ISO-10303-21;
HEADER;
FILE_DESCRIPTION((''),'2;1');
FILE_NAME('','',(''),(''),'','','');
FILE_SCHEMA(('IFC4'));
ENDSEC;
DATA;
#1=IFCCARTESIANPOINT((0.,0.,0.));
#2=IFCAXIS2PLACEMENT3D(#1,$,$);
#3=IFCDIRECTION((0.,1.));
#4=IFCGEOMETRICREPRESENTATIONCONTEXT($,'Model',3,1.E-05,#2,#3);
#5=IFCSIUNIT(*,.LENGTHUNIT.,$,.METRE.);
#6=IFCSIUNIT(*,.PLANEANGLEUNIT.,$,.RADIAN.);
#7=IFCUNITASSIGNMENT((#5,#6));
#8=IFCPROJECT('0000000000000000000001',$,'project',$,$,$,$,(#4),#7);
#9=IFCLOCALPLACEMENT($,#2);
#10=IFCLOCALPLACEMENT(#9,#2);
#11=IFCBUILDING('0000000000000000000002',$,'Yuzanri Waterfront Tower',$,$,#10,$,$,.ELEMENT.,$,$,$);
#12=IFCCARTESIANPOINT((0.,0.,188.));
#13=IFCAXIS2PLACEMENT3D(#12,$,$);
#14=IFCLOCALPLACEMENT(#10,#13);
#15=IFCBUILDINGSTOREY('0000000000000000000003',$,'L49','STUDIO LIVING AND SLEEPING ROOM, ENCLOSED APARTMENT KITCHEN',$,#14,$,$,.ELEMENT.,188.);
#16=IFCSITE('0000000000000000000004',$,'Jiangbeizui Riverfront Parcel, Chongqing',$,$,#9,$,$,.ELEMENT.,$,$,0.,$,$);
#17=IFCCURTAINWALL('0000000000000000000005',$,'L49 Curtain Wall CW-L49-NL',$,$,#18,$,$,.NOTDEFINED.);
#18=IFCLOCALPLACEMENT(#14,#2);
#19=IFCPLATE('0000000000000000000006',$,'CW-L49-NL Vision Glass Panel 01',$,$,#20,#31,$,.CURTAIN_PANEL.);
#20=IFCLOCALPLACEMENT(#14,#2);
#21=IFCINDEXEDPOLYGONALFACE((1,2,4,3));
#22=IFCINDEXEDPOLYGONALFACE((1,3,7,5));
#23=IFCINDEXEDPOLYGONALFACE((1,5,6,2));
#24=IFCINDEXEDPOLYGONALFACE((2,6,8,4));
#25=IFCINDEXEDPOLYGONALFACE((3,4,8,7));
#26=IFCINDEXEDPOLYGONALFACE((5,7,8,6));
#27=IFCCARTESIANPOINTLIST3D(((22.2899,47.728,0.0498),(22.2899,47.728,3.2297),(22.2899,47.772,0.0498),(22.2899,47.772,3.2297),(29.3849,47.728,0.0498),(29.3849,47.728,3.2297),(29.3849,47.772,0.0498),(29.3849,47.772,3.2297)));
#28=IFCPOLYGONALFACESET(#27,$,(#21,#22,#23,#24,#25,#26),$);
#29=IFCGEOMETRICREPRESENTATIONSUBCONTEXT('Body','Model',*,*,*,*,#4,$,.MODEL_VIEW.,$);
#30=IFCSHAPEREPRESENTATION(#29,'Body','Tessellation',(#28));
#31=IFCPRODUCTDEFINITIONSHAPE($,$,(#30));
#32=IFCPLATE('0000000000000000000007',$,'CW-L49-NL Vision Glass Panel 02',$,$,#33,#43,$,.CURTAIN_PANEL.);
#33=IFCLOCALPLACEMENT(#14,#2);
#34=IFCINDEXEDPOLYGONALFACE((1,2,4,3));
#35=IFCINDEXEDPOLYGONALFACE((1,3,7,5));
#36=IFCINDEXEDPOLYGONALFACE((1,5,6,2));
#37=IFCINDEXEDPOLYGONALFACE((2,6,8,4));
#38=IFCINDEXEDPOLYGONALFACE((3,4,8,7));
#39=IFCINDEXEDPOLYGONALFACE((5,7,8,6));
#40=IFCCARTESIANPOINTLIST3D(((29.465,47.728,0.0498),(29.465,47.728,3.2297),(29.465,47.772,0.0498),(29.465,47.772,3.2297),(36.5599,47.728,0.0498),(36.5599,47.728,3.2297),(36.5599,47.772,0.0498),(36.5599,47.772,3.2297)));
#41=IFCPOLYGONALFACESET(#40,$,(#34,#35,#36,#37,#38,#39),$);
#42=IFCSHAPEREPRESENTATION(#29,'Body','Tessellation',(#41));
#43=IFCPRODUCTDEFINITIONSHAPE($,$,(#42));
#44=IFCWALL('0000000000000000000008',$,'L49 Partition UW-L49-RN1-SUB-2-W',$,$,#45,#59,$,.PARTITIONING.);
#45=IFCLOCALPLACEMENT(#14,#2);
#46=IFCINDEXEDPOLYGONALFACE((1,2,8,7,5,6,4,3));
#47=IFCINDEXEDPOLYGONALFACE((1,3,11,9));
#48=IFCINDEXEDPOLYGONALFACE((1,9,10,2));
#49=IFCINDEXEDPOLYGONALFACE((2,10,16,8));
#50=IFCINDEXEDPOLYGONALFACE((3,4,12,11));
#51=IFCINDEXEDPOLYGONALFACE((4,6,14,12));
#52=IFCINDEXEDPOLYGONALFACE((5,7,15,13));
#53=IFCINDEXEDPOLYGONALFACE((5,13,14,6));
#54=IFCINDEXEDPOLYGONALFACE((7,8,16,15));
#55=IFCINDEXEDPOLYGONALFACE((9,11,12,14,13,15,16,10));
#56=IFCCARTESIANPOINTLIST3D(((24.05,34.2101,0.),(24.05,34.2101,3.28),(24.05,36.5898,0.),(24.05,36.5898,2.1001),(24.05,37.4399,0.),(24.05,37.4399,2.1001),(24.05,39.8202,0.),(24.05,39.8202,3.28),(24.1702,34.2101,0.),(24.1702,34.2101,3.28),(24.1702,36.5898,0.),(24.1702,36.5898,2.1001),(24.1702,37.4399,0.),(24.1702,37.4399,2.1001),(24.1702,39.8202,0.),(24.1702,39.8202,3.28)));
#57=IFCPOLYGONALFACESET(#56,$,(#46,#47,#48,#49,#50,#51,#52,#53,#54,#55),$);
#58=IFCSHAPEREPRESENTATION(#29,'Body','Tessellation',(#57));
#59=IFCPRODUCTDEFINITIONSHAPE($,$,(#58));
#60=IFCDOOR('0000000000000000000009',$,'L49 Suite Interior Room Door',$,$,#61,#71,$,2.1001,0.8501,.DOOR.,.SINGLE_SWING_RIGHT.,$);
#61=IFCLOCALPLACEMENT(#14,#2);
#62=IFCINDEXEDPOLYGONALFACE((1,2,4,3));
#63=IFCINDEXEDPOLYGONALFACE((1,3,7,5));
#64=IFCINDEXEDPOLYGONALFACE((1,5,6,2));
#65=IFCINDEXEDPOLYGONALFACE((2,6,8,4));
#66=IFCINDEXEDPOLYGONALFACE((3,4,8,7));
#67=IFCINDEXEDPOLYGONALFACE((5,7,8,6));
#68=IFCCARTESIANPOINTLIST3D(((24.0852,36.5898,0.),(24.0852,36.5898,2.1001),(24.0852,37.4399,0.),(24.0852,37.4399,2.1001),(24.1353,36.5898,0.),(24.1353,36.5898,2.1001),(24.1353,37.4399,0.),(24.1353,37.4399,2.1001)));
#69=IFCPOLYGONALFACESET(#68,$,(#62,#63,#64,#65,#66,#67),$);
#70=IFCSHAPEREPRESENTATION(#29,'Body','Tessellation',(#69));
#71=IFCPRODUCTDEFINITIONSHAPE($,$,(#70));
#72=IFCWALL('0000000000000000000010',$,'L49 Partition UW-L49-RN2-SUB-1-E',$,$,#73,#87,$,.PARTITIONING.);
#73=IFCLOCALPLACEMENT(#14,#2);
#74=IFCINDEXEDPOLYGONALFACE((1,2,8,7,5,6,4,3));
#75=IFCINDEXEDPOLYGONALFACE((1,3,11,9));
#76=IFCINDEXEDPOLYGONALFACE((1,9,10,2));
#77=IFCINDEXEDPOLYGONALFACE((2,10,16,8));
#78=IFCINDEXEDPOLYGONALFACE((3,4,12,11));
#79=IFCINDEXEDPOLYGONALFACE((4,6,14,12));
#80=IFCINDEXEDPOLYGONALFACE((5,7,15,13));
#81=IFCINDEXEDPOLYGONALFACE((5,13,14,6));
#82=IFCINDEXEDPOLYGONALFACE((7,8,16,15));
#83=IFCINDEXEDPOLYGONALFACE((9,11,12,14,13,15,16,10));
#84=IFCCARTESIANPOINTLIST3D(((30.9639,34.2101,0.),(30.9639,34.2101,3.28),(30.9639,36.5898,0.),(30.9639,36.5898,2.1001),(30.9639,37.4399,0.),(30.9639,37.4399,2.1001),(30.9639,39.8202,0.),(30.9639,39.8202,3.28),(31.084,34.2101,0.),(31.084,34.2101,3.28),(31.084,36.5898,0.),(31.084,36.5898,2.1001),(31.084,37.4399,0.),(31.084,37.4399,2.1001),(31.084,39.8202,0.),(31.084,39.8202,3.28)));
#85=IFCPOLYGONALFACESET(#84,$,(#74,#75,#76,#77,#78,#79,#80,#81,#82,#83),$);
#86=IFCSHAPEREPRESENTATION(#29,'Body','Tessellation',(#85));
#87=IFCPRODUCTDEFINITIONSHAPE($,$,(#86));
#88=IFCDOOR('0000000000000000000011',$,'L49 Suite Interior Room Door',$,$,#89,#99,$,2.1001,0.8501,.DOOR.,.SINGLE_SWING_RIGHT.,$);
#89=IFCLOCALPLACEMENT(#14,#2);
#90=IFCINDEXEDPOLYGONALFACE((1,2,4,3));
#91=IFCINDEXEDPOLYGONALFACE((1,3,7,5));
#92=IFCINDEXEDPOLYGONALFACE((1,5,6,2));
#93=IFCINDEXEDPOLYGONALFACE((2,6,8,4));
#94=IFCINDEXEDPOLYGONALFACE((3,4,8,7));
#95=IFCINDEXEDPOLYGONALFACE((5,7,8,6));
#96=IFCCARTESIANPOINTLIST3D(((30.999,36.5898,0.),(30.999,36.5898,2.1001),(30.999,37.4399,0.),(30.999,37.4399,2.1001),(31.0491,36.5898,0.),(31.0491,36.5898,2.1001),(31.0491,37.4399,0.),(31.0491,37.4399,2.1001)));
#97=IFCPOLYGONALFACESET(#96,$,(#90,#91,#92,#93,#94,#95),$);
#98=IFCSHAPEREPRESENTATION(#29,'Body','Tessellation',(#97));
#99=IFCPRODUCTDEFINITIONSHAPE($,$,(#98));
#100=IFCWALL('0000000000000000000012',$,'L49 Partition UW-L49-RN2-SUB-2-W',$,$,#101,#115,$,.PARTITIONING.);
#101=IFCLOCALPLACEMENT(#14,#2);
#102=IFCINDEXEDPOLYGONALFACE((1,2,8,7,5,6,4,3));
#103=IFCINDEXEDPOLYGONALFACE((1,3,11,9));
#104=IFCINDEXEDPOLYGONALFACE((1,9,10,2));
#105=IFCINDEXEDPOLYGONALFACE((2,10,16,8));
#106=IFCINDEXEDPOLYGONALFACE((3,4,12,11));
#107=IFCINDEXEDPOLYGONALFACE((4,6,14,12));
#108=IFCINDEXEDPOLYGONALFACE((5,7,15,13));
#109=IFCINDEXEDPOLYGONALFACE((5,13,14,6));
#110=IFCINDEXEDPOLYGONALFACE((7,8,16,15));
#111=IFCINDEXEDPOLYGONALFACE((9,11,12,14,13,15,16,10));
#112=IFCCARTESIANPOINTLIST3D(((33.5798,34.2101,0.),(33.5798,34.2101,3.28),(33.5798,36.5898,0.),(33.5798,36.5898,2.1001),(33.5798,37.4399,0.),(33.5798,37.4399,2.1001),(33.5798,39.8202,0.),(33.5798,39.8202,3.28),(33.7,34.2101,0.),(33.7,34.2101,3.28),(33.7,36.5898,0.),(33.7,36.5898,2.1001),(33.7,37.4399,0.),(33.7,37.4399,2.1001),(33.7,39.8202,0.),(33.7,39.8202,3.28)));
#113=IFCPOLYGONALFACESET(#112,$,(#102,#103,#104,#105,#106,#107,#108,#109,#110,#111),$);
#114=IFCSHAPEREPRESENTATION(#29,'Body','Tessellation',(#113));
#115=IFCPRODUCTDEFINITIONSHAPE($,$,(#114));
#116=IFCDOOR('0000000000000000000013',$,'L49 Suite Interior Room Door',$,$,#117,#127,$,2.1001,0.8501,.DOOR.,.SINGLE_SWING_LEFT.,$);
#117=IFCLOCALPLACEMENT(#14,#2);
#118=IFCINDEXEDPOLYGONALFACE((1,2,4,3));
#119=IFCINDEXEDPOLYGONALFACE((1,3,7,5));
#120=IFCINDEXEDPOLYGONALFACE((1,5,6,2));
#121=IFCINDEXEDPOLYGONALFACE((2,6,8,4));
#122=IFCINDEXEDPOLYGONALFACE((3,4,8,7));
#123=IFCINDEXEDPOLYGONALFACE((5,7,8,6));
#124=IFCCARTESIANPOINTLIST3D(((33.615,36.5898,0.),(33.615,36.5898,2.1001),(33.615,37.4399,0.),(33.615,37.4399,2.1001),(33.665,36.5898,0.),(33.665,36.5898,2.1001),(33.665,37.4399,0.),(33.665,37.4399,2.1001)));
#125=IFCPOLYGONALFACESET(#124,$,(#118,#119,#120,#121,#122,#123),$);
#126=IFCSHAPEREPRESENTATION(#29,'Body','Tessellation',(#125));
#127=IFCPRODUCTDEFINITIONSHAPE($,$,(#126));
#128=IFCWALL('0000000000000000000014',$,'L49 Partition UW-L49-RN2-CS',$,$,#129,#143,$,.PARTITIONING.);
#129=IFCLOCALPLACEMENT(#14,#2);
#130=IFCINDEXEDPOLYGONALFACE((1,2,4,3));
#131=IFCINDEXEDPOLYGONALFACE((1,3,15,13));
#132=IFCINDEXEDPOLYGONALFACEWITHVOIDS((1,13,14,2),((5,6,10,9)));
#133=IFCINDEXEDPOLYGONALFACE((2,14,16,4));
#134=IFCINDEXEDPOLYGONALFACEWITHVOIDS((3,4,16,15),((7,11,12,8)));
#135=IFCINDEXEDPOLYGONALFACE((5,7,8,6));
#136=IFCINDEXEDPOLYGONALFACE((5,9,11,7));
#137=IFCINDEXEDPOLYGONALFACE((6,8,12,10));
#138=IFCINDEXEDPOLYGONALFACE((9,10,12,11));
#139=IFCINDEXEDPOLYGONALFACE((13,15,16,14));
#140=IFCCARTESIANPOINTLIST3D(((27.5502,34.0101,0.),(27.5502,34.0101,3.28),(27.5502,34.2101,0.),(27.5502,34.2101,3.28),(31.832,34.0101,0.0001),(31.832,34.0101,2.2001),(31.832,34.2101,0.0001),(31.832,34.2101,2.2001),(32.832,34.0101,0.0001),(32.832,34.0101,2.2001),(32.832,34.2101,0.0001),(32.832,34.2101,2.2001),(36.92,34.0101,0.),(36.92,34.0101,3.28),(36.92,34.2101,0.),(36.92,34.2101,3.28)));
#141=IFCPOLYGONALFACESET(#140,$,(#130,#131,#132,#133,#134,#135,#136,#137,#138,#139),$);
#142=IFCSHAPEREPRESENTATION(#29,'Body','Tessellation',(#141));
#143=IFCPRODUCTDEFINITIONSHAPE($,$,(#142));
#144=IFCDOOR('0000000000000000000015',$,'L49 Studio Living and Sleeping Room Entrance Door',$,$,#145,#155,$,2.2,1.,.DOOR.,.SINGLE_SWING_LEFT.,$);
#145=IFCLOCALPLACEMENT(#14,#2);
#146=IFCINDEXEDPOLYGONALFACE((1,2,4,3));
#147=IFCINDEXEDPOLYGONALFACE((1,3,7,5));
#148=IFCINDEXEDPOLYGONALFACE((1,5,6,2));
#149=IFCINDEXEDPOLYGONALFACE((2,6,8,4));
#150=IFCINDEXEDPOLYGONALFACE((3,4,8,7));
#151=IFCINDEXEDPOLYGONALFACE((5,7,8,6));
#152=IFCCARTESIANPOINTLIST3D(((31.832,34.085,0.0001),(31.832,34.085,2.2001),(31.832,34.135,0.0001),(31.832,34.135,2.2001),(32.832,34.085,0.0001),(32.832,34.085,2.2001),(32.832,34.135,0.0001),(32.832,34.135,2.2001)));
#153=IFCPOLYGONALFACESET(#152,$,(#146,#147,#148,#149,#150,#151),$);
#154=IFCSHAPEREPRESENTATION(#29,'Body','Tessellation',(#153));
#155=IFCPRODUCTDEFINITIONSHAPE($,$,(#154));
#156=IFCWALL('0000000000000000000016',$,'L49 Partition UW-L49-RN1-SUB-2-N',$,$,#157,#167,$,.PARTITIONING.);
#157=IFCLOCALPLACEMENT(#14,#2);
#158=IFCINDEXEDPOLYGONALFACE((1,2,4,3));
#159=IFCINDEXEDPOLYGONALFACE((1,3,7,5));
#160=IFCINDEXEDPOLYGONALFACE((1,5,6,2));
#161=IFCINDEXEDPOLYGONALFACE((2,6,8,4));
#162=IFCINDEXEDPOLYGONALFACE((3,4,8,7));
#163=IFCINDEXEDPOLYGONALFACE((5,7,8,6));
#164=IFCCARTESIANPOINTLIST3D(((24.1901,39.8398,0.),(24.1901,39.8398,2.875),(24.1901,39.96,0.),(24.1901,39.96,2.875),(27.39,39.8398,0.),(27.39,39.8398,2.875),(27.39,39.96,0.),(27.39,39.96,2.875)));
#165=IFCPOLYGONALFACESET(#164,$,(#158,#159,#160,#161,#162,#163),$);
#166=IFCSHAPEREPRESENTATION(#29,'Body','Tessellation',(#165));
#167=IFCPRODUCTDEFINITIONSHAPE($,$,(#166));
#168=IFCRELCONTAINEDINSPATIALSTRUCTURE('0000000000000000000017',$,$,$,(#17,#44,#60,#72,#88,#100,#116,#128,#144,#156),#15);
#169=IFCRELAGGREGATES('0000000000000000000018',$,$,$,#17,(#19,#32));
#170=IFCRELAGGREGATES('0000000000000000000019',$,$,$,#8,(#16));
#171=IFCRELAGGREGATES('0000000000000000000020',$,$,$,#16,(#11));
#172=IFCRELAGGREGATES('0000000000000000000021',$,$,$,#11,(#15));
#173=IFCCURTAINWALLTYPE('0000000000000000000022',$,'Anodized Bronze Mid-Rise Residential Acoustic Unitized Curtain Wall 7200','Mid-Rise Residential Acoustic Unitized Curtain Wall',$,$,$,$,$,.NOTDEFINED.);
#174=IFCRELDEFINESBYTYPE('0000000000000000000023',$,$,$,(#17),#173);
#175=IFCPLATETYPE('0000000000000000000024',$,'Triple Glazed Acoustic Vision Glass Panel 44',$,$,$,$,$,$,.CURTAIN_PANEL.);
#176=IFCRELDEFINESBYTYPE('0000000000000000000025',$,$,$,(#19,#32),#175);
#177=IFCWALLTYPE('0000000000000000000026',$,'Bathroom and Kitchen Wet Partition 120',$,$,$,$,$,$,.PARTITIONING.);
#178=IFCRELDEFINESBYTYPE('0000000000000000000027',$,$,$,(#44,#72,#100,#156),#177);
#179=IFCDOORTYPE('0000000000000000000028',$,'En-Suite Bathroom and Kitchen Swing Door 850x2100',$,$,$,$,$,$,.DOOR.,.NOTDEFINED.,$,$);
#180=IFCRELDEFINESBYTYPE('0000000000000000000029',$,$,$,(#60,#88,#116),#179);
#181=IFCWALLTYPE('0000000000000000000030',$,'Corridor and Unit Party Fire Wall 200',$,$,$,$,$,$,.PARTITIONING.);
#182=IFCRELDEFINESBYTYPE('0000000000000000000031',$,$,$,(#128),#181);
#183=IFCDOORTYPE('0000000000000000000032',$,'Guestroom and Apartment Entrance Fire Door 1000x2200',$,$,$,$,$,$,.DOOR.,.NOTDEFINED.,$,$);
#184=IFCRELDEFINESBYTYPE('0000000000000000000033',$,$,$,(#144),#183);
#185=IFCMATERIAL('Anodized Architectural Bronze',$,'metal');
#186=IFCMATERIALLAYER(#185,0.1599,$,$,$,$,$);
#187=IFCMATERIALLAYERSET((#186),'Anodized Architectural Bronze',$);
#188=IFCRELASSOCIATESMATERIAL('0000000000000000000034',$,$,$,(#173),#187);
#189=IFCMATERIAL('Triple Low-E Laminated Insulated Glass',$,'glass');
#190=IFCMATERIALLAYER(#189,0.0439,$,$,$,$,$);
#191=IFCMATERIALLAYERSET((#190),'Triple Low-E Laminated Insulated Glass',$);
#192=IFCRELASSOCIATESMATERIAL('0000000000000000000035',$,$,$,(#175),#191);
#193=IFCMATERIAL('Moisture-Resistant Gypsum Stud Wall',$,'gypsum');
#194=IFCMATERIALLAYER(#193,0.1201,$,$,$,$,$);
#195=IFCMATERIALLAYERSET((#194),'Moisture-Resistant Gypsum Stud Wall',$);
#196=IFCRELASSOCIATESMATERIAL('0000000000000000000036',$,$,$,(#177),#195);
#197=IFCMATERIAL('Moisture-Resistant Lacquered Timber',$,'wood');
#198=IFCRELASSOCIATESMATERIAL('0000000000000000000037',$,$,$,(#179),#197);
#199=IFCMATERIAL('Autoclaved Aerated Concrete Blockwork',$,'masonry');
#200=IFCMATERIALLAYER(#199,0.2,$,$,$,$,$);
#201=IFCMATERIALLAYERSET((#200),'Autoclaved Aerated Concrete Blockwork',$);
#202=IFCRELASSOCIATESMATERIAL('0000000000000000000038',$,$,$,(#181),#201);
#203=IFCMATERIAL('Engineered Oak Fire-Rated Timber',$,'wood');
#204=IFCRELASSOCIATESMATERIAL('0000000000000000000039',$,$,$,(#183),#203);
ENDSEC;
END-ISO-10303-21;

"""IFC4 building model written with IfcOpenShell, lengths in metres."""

from ifc_helpers import new_model, si_unit, direction, frame, frame_2d, origin, origin_2d, place, context, subcontext, project, spatial, rectangle, extrude, source, transform, mapped, material, layer, layer_set, type_object, element, fill, aggregate, save


model = new_model("IFC4")

# Units and contexts
model_context = context("Model", 3, precision=1e-05, world=origin(), true_north=direction((0.0, 1.0)))
body_context = subcontext(model_context, "Body", "Model", "MODEL_VIEW")
ifc_project = project(units=[si_unit("LENGTHUNIT", "METRE"), si_unit("PLANEANGLEUNIT", "RADIAN")], contexts=[model_context])

# Site, building, storey
site_placement = place(None, origin())
site = spatial("IfcSite", under=ifc_project, at=site_placement, Name="Jiangbeizui Riverfront Parcel, Chongqing", CompositionType="ELEMENT", RefElevation=0.0)
building_placement = place(site_placement, origin())
building = spatial("IfcBuilding", under=site, at=building_placement, Name="Yuzanri Waterfront Tower", CompositionType="ELEMENT")
storey_placement = place(building_placement, frame((0.0, 0.0, 188.0)))
storey = spatial("IfcBuildingStorey", under=building, at=storey_placement, Name="L49", Description="STUDIO LIVING AND SLEEPING ROOM, ENCLOSED APARTMENT KITCHEN", CompositionType="ELEMENT", Elevation=188.0)

# Curtain wall, plates
ifc_material_1 = material(Name="Anodized Architectural Bronze", Category="metal")
ifc_layer_1 = layer(ifc_material_1, 0.1599)
ifc_layer_set_1 = layer_set([ifc_layer_1], Name="Anodized Architectural Bronze")
curtain_wall_type = type_object("IfcCurtainWallType", Name="Anodized Bronze Mid-Rise Residential Acoustic Unitized Curtain Wall 7200", Description="Mid-Rise Residential Acoustic Unitized Curtain Wall", PredefinedType="NOTDEFINED", material=ifc_layer_set_1)
curtain_wall_placement = place(storey_placement, origin())
curtain_wall = element("IfcCurtainWall", 1, at=curtain_wall_placement, inside=storey, type_object=curtain_wall_type, Name="L49 Curtain Wall CW-L49-NL", PredefinedType="NOTDEFINED")
ifc_material_2 = material(Name="Triple Low-E Laminated Insulated Glass", Category="glass")
ifc_layer_2 = layer(ifc_material_2, 0.0439)
ifc_layer_set_2 = layer_set([ifc_layer_2], Name="Triple Low-E Laminated Insulated Glass")
plate_type = type_object("IfcPlateType", Name="Triple Glazed Acoustic Vision Glass Panel 44", PredefinedType="CURTAIN_PANEL", material=ifc_layer_set_2)
shared_shape_1 = source(origin(), body_context, "Body", "SweptSolid", [
    extrude(rectangle(XDim=7.095, YDim=0.0439, at=origin_2d()), origin(), (0.0, 0.0, 1.0), 3.1799),
])
plate_1_placement = place(storey_placement, frame((25.8374, 47.75, 0.0498), z_axis=(0.0, 0.0, 1.0), x_axis=(1.0, 0.0, 0.0)))
plate_1 = element("IfcPlate", 2, at=plate_1_placement, type_object=plate_type, Name="CW-L49-NL Vision Glass Panel 01", PredefinedType="CURTAIN_PANEL", context=body_context, shape_type="MappedRepresentation", body=[
    mapped(shared_shape_1, transform((0.0, 0.0, 0.0), scale=1.0)),
])
plate_2_placement = place(storey_placement, frame((33.0125, 47.75, 0.0498), z_axis=(0.0, 0.0, 1.0), x_axis=(1.0, 0.0, 0.0)))
plate_2 = element("IfcPlate", 3, at=plate_2_placement, type_object=plate_type, Name="CW-L49-NL Vision Glass Panel 02", PredefinedType="CURTAIN_PANEL", context=body_context, shape_type="MappedRepresentation", body=[
    mapped(shared_shape_1, transform((0.0, 0.0, 0.0), scale=1.0)),
])
aggregate(curtain_wall, [plate_1, plate_2])

# Walls, openings, doors
ifc_material_3 = material(Name="Moisture-Resistant Gypsum Stud Wall", Category="gypsum")
ifc_layer_3 = layer(ifc_material_3, 0.1201)
ifc_layer_set_3 = layer_set([ifc_layer_3], Name="Moisture-Resistant Gypsum Stud Wall")
wall_type_1 = type_object("IfcWallType", Name="Bathroom and Kitchen Wet Partition 120", PredefinedType="PARTITIONING", material=ifc_layer_set_3)
wall_1_placement = place(storey_placement, frame((24.1101, 34.21, 0.0), z_axis=(0.0, 0.0, 1.0), x_axis=(0.0, 1.0, 0.0)))
wall_1 = element("IfcWall", 4, at=wall_1_placement, inside=storey, type_object=wall_type_1, Name="L49 Partition UW-L49-RN1-SUB-2-W", PredefinedType="PARTITIONING", context=body_context, shape_type="SweptSolid", body=[
    extrude(rectangle(XDim=5.6101, YDim=0.1201, at=frame_2d((2.8052, 0.0))), origin(), (0.0, 0.0, 1.0), 3.28),
])
opening_1_placement = place(wall_1_placement, frame((2.3799, 0.0, 0.0)))
opening_1 = element("IfcOpeningElement", 5, at=opening_1_placement, cuts=wall_1, PredefinedType="OPENING", context=body_context, shape_type="SweptSolid", body=[
    extrude(rectangle(XDim=0.8501, YDim=2.1001, at=frame_2d((0.425, 1.05))), frame((0.0, 0.075, 0.0), z_axis=(0.0, -1.0, 0.0), x_axis=(1.0, 0.0, 0.0)), (0.0, 0.0, 1.0), 0.1499),
])
ifc_material_4 = material(Name="Moisture-Resistant Lacquered Timber", Category="wood")
door_type_1 = type_object("IfcDoorType", Name="En-Suite Bathroom and Kitchen Swing Door 850x2100", OperationType="NOTDEFINED", PredefinedType="DOOR", material=ifc_material_4)
shared_shape_2 = source(origin(), body_context, "Body", "SweptSolid", [
    extrude(rectangle(XDim=0.8501, YDim=2.1001, at=frame_2d((0.425, 1.05))), frame((0.0, 0.0249, 0.0), z_axis=(0.0, -1.0, 0.0), x_axis=(1.0, 0.0, 0.0)), (0.0, 0.0, 1.0), 0.05),
])
door_1_placement = place(opening_1_placement, origin())
door_1 = element("IfcDoor", 6, at=door_1_placement, inside=storey, type_object=door_type_1, Name="L49 Suite Interior Room Door", OperationType="SINGLE_SWING_RIGHT", OverallHeight=2.1001, OverallWidth=0.8501, PredefinedType="DOOR", context=body_context, shape_type="MappedRepresentation", body=[
    mapped(shared_shape_2, transform((0.0, 0.0, 0.0), scale=1.0)),
])
fill(opening_1, door_1)
wall_2_placement = place(storey_placement, frame((31.0239, 34.21, 0.0), z_axis=(0.0, 0.0, 1.0), x_axis=(0.0, 1.0, 0.0)))
wall_2 = element("IfcWall", 7, at=wall_2_placement, inside=storey, type_object=wall_type_1, Name="L49 Partition UW-L49-RN2-SUB-1-E", PredefinedType="PARTITIONING", context=body_context, shape_type="SweptSolid", body=[
    extrude(rectangle(XDim=5.6101, YDim=0.1201, at=frame_2d((2.8052, 0.0))), origin(), (0.0, 0.0, 1.0), 3.28),
])
opening_2_placement = place(wall_2_placement, frame((2.3799, 0.0, 0.0)))
opening_2 = element("IfcOpeningElement", 8, at=opening_2_placement, cuts=wall_2, PredefinedType="OPENING", context=body_context, shape_type="SweptSolid", body=[
    extrude(rectangle(XDim=0.8501, YDim=2.1001, at=frame_2d((0.425, 1.05))), frame((0.0, 0.075, 0.0), z_axis=(0.0, -1.0, 0.0), x_axis=(1.0, 0.0, 0.0)), (0.0, 0.0, 1.0), 0.1499),
])
door_2_placement = place(opening_2_placement, origin())
door_2 = element("IfcDoor", 9, at=door_2_placement, inside=storey, type_object=door_type_1, Name="L49 Suite Interior Room Door", OperationType="SINGLE_SWING_RIGHT", OverallHeight=2.1001, OverallWidth=0.8501, PredefinedType="DOOR", context=body_context, shape_type="MappedRepresentation", body=[
    mapped(shared_shape_2, transform((0.0, 0.0, 0.0), scale=1.0)),
])
fill(opening_2, door_2)
wall_3_placement = place(storey_placement, frame((33.6399, 34.21, 0.0), z_axis=(0.0, 0.0, 1.0), x_axis=(0.0, 1.0, 0.0)))
wall_3 = element("IfcWall", 10, at=wall_3_placement, inside=storey, type_object=wall_type_1, Name="L49 Partition UW-L49-RN2-SUB-2-W", PredefinedType="PARTITIONING", context=body_context, shape_type="SweptSolid", body=[
    extrude(rectangle(XDim=5.6101, YDim=0.1201, at=frame_2d((2.8052, 0.0))), origin(), (0.0, 0.0, 1.0), 3.28),
])
opening_3_placement = place(wall_3_placement, frame((2.3799, 0.0, 0.0)))
opening_3 = element("IfcOpeningElement", 11, at=opening_3_placement, cuts=wall_3, PredefinedType="OPENING", context=body_context, shape_type="SweptSolid", body=[
    extrude(rectangle(XDim=0.8501, YDim=2.1001, at=frame_2d((0.425, 1.05))), frame((0.0, 0.075, 0.0), z_axis=(0.0, -1.0, 0.0), x_axis=(1.0, 0.0, 0.0)), (0.0, 0.0, 1.0), 0.1499),
])
door_3_placement = place(opening_3_placement, origin())
door_3 = element("IfcDoor", 12, at=door_3_placement, inside=storey, type_object=door_type_1, Name="L49 Suite Interior Room Door", OperationType="SINGLE_SWING_LEFT", OverallHeight=2.1001, OverallWidth=0.8501, PredefinedType="DOOR", context=body_context, shape_type="MappedRepresentation", body=[
    mapped(shared_shape_2, transform((0.0, 0.0, 0.0), scale=1.0)),
])
fill(opening_3, door_3)
ifc_material_5 = material(Name="Autoclaved Aerated Concrete Blockwork", Category="masonry")
ifc_layer_4 = layer(ifc_material_5, 0.2)
ifc_layer_set_4 = layer_set([ifc_layer_4], Name="Autoclaved Aerated Concrete Blockwork")
wall_type_2 = type_object("IfcWallType", Name="Corridor and Unit Party Fire Wall 200", PredefinedType="PARTITIONING", material=ifc_layer_set_4)
wall_4_placement = place(storey_placement, frame((27.55, 34.1101, 0.0), z_axis=(0.0, 0.0, 1.0), x_axis=(1.0, 0.0, 0.0)))
wall_4 = element("IfcWall", 13, at=wall_4_placement, inside=storey, type_object=wall_type_2, Name="L49 Partition UW-L49-RN2-CS", PredefinedType="PARTITIONING", context=body_context, shape_type="SweptSolid", body=[
    extrude(rectangle(XDim=9.3699, YDim=0.2, at=frame_2d((4.6851, 0.0))), origin(), (0.0, 0.0, 1.0), 3.28),
])
opening_4_placement = place(wall_4_placement, frame((4.282, 0.0, 0.0)))
opening_4 = element("IfcOpeningElement", 14, at=opening_4_placement, cuts=wall_4, PredefinedType="OPENING", context=body_context, shape_type="SweptSolid", body=[
    extrude(rectangle(XDim=1.0, YDim=2.2, at=frame_2d((0.5, 1.1001))), frame((0.0, 0.1147, 0.0), z_axis=(0.0, -1.0, 0.0), x_axis=(1.0, 0.0, 0.0)), (0.0, 0.0, 1.0), 0.2297),
])
ifc_material_6 = material(Name="Engineered Oak Fire-Rated Timber", Category="wood")
door_type_2 = type_object("IfcDoorType", Name="Guestroom and Apartment Entrance Fire Door 1000x2200", OperationType="NOTDEFINED", PredefinedType="DOOR", material=ifc_material_6)
shared_shape_3 = source(origin(), body_context, "Body", "SweptSolid", [
    extrude(rectangle(XDim=1.0, YDim=2.2, at=frame_2d((0.5, 1.1001))), frame((0.0, 0.0249, 0.0), z_axis=(0.0, -1.0, 0.0), x_axis=(1.0, 0.0, 0.0)), (0.0, 0.0, 1.0), 0.05),
])
door_4_placement = place(opening_4_placement, origin())
door_4 = element("IfcDoor", 15, at=door_4_placement, inside=storey, type_object=door_type_2, Name="L49 Studio Living and Sleeping Room Entrance Door", OperationType="SINGLE_SWING_LEFT", OverallHeight=2.2, OverallWidth=1.0, PredefinedType="DOOR", context=body_context, shape_type="MappedRepresentation", body=[
    mapped(shared_shape_3, transform((0.0, 0.0, 0.0), scale=1.0)),
])
fill(opening_4, door_4)

# Wall
shared_shape_4 = source(origin(), body_context, "Body", "SweptSolid", [
    extrude(rectangle(XDim=3.2, YDim=0.1201, at=frame_2d((1.6001, 0.0))), origin(), (0.0, 0.0, 1.0), 2.875),
])
for number, where, z_axis, x_axis, name in (
    (16, (24.1899, 39.8999, 0.0), (0.0, 0.0, 1.0), (1.0, 0.0, 0.0), "L49 Partition UW-L49-RN1-SUB-2-N"),
):
    element("IfcWall", number, at=place(storey_placement, frame(where, z_axis=z_axis, x_axis=x_axis)), inside=storey, type_object=wall_type_1, Name=name, PredefinedType="PARTITIONING", context=body_context, shape_type="MappedRepresentation", body=[
        mapped(shared_shape_4, transform((0.0, 0.0, 0.0), scale=1.0)),
    ])

save(model, "model.ifc")
